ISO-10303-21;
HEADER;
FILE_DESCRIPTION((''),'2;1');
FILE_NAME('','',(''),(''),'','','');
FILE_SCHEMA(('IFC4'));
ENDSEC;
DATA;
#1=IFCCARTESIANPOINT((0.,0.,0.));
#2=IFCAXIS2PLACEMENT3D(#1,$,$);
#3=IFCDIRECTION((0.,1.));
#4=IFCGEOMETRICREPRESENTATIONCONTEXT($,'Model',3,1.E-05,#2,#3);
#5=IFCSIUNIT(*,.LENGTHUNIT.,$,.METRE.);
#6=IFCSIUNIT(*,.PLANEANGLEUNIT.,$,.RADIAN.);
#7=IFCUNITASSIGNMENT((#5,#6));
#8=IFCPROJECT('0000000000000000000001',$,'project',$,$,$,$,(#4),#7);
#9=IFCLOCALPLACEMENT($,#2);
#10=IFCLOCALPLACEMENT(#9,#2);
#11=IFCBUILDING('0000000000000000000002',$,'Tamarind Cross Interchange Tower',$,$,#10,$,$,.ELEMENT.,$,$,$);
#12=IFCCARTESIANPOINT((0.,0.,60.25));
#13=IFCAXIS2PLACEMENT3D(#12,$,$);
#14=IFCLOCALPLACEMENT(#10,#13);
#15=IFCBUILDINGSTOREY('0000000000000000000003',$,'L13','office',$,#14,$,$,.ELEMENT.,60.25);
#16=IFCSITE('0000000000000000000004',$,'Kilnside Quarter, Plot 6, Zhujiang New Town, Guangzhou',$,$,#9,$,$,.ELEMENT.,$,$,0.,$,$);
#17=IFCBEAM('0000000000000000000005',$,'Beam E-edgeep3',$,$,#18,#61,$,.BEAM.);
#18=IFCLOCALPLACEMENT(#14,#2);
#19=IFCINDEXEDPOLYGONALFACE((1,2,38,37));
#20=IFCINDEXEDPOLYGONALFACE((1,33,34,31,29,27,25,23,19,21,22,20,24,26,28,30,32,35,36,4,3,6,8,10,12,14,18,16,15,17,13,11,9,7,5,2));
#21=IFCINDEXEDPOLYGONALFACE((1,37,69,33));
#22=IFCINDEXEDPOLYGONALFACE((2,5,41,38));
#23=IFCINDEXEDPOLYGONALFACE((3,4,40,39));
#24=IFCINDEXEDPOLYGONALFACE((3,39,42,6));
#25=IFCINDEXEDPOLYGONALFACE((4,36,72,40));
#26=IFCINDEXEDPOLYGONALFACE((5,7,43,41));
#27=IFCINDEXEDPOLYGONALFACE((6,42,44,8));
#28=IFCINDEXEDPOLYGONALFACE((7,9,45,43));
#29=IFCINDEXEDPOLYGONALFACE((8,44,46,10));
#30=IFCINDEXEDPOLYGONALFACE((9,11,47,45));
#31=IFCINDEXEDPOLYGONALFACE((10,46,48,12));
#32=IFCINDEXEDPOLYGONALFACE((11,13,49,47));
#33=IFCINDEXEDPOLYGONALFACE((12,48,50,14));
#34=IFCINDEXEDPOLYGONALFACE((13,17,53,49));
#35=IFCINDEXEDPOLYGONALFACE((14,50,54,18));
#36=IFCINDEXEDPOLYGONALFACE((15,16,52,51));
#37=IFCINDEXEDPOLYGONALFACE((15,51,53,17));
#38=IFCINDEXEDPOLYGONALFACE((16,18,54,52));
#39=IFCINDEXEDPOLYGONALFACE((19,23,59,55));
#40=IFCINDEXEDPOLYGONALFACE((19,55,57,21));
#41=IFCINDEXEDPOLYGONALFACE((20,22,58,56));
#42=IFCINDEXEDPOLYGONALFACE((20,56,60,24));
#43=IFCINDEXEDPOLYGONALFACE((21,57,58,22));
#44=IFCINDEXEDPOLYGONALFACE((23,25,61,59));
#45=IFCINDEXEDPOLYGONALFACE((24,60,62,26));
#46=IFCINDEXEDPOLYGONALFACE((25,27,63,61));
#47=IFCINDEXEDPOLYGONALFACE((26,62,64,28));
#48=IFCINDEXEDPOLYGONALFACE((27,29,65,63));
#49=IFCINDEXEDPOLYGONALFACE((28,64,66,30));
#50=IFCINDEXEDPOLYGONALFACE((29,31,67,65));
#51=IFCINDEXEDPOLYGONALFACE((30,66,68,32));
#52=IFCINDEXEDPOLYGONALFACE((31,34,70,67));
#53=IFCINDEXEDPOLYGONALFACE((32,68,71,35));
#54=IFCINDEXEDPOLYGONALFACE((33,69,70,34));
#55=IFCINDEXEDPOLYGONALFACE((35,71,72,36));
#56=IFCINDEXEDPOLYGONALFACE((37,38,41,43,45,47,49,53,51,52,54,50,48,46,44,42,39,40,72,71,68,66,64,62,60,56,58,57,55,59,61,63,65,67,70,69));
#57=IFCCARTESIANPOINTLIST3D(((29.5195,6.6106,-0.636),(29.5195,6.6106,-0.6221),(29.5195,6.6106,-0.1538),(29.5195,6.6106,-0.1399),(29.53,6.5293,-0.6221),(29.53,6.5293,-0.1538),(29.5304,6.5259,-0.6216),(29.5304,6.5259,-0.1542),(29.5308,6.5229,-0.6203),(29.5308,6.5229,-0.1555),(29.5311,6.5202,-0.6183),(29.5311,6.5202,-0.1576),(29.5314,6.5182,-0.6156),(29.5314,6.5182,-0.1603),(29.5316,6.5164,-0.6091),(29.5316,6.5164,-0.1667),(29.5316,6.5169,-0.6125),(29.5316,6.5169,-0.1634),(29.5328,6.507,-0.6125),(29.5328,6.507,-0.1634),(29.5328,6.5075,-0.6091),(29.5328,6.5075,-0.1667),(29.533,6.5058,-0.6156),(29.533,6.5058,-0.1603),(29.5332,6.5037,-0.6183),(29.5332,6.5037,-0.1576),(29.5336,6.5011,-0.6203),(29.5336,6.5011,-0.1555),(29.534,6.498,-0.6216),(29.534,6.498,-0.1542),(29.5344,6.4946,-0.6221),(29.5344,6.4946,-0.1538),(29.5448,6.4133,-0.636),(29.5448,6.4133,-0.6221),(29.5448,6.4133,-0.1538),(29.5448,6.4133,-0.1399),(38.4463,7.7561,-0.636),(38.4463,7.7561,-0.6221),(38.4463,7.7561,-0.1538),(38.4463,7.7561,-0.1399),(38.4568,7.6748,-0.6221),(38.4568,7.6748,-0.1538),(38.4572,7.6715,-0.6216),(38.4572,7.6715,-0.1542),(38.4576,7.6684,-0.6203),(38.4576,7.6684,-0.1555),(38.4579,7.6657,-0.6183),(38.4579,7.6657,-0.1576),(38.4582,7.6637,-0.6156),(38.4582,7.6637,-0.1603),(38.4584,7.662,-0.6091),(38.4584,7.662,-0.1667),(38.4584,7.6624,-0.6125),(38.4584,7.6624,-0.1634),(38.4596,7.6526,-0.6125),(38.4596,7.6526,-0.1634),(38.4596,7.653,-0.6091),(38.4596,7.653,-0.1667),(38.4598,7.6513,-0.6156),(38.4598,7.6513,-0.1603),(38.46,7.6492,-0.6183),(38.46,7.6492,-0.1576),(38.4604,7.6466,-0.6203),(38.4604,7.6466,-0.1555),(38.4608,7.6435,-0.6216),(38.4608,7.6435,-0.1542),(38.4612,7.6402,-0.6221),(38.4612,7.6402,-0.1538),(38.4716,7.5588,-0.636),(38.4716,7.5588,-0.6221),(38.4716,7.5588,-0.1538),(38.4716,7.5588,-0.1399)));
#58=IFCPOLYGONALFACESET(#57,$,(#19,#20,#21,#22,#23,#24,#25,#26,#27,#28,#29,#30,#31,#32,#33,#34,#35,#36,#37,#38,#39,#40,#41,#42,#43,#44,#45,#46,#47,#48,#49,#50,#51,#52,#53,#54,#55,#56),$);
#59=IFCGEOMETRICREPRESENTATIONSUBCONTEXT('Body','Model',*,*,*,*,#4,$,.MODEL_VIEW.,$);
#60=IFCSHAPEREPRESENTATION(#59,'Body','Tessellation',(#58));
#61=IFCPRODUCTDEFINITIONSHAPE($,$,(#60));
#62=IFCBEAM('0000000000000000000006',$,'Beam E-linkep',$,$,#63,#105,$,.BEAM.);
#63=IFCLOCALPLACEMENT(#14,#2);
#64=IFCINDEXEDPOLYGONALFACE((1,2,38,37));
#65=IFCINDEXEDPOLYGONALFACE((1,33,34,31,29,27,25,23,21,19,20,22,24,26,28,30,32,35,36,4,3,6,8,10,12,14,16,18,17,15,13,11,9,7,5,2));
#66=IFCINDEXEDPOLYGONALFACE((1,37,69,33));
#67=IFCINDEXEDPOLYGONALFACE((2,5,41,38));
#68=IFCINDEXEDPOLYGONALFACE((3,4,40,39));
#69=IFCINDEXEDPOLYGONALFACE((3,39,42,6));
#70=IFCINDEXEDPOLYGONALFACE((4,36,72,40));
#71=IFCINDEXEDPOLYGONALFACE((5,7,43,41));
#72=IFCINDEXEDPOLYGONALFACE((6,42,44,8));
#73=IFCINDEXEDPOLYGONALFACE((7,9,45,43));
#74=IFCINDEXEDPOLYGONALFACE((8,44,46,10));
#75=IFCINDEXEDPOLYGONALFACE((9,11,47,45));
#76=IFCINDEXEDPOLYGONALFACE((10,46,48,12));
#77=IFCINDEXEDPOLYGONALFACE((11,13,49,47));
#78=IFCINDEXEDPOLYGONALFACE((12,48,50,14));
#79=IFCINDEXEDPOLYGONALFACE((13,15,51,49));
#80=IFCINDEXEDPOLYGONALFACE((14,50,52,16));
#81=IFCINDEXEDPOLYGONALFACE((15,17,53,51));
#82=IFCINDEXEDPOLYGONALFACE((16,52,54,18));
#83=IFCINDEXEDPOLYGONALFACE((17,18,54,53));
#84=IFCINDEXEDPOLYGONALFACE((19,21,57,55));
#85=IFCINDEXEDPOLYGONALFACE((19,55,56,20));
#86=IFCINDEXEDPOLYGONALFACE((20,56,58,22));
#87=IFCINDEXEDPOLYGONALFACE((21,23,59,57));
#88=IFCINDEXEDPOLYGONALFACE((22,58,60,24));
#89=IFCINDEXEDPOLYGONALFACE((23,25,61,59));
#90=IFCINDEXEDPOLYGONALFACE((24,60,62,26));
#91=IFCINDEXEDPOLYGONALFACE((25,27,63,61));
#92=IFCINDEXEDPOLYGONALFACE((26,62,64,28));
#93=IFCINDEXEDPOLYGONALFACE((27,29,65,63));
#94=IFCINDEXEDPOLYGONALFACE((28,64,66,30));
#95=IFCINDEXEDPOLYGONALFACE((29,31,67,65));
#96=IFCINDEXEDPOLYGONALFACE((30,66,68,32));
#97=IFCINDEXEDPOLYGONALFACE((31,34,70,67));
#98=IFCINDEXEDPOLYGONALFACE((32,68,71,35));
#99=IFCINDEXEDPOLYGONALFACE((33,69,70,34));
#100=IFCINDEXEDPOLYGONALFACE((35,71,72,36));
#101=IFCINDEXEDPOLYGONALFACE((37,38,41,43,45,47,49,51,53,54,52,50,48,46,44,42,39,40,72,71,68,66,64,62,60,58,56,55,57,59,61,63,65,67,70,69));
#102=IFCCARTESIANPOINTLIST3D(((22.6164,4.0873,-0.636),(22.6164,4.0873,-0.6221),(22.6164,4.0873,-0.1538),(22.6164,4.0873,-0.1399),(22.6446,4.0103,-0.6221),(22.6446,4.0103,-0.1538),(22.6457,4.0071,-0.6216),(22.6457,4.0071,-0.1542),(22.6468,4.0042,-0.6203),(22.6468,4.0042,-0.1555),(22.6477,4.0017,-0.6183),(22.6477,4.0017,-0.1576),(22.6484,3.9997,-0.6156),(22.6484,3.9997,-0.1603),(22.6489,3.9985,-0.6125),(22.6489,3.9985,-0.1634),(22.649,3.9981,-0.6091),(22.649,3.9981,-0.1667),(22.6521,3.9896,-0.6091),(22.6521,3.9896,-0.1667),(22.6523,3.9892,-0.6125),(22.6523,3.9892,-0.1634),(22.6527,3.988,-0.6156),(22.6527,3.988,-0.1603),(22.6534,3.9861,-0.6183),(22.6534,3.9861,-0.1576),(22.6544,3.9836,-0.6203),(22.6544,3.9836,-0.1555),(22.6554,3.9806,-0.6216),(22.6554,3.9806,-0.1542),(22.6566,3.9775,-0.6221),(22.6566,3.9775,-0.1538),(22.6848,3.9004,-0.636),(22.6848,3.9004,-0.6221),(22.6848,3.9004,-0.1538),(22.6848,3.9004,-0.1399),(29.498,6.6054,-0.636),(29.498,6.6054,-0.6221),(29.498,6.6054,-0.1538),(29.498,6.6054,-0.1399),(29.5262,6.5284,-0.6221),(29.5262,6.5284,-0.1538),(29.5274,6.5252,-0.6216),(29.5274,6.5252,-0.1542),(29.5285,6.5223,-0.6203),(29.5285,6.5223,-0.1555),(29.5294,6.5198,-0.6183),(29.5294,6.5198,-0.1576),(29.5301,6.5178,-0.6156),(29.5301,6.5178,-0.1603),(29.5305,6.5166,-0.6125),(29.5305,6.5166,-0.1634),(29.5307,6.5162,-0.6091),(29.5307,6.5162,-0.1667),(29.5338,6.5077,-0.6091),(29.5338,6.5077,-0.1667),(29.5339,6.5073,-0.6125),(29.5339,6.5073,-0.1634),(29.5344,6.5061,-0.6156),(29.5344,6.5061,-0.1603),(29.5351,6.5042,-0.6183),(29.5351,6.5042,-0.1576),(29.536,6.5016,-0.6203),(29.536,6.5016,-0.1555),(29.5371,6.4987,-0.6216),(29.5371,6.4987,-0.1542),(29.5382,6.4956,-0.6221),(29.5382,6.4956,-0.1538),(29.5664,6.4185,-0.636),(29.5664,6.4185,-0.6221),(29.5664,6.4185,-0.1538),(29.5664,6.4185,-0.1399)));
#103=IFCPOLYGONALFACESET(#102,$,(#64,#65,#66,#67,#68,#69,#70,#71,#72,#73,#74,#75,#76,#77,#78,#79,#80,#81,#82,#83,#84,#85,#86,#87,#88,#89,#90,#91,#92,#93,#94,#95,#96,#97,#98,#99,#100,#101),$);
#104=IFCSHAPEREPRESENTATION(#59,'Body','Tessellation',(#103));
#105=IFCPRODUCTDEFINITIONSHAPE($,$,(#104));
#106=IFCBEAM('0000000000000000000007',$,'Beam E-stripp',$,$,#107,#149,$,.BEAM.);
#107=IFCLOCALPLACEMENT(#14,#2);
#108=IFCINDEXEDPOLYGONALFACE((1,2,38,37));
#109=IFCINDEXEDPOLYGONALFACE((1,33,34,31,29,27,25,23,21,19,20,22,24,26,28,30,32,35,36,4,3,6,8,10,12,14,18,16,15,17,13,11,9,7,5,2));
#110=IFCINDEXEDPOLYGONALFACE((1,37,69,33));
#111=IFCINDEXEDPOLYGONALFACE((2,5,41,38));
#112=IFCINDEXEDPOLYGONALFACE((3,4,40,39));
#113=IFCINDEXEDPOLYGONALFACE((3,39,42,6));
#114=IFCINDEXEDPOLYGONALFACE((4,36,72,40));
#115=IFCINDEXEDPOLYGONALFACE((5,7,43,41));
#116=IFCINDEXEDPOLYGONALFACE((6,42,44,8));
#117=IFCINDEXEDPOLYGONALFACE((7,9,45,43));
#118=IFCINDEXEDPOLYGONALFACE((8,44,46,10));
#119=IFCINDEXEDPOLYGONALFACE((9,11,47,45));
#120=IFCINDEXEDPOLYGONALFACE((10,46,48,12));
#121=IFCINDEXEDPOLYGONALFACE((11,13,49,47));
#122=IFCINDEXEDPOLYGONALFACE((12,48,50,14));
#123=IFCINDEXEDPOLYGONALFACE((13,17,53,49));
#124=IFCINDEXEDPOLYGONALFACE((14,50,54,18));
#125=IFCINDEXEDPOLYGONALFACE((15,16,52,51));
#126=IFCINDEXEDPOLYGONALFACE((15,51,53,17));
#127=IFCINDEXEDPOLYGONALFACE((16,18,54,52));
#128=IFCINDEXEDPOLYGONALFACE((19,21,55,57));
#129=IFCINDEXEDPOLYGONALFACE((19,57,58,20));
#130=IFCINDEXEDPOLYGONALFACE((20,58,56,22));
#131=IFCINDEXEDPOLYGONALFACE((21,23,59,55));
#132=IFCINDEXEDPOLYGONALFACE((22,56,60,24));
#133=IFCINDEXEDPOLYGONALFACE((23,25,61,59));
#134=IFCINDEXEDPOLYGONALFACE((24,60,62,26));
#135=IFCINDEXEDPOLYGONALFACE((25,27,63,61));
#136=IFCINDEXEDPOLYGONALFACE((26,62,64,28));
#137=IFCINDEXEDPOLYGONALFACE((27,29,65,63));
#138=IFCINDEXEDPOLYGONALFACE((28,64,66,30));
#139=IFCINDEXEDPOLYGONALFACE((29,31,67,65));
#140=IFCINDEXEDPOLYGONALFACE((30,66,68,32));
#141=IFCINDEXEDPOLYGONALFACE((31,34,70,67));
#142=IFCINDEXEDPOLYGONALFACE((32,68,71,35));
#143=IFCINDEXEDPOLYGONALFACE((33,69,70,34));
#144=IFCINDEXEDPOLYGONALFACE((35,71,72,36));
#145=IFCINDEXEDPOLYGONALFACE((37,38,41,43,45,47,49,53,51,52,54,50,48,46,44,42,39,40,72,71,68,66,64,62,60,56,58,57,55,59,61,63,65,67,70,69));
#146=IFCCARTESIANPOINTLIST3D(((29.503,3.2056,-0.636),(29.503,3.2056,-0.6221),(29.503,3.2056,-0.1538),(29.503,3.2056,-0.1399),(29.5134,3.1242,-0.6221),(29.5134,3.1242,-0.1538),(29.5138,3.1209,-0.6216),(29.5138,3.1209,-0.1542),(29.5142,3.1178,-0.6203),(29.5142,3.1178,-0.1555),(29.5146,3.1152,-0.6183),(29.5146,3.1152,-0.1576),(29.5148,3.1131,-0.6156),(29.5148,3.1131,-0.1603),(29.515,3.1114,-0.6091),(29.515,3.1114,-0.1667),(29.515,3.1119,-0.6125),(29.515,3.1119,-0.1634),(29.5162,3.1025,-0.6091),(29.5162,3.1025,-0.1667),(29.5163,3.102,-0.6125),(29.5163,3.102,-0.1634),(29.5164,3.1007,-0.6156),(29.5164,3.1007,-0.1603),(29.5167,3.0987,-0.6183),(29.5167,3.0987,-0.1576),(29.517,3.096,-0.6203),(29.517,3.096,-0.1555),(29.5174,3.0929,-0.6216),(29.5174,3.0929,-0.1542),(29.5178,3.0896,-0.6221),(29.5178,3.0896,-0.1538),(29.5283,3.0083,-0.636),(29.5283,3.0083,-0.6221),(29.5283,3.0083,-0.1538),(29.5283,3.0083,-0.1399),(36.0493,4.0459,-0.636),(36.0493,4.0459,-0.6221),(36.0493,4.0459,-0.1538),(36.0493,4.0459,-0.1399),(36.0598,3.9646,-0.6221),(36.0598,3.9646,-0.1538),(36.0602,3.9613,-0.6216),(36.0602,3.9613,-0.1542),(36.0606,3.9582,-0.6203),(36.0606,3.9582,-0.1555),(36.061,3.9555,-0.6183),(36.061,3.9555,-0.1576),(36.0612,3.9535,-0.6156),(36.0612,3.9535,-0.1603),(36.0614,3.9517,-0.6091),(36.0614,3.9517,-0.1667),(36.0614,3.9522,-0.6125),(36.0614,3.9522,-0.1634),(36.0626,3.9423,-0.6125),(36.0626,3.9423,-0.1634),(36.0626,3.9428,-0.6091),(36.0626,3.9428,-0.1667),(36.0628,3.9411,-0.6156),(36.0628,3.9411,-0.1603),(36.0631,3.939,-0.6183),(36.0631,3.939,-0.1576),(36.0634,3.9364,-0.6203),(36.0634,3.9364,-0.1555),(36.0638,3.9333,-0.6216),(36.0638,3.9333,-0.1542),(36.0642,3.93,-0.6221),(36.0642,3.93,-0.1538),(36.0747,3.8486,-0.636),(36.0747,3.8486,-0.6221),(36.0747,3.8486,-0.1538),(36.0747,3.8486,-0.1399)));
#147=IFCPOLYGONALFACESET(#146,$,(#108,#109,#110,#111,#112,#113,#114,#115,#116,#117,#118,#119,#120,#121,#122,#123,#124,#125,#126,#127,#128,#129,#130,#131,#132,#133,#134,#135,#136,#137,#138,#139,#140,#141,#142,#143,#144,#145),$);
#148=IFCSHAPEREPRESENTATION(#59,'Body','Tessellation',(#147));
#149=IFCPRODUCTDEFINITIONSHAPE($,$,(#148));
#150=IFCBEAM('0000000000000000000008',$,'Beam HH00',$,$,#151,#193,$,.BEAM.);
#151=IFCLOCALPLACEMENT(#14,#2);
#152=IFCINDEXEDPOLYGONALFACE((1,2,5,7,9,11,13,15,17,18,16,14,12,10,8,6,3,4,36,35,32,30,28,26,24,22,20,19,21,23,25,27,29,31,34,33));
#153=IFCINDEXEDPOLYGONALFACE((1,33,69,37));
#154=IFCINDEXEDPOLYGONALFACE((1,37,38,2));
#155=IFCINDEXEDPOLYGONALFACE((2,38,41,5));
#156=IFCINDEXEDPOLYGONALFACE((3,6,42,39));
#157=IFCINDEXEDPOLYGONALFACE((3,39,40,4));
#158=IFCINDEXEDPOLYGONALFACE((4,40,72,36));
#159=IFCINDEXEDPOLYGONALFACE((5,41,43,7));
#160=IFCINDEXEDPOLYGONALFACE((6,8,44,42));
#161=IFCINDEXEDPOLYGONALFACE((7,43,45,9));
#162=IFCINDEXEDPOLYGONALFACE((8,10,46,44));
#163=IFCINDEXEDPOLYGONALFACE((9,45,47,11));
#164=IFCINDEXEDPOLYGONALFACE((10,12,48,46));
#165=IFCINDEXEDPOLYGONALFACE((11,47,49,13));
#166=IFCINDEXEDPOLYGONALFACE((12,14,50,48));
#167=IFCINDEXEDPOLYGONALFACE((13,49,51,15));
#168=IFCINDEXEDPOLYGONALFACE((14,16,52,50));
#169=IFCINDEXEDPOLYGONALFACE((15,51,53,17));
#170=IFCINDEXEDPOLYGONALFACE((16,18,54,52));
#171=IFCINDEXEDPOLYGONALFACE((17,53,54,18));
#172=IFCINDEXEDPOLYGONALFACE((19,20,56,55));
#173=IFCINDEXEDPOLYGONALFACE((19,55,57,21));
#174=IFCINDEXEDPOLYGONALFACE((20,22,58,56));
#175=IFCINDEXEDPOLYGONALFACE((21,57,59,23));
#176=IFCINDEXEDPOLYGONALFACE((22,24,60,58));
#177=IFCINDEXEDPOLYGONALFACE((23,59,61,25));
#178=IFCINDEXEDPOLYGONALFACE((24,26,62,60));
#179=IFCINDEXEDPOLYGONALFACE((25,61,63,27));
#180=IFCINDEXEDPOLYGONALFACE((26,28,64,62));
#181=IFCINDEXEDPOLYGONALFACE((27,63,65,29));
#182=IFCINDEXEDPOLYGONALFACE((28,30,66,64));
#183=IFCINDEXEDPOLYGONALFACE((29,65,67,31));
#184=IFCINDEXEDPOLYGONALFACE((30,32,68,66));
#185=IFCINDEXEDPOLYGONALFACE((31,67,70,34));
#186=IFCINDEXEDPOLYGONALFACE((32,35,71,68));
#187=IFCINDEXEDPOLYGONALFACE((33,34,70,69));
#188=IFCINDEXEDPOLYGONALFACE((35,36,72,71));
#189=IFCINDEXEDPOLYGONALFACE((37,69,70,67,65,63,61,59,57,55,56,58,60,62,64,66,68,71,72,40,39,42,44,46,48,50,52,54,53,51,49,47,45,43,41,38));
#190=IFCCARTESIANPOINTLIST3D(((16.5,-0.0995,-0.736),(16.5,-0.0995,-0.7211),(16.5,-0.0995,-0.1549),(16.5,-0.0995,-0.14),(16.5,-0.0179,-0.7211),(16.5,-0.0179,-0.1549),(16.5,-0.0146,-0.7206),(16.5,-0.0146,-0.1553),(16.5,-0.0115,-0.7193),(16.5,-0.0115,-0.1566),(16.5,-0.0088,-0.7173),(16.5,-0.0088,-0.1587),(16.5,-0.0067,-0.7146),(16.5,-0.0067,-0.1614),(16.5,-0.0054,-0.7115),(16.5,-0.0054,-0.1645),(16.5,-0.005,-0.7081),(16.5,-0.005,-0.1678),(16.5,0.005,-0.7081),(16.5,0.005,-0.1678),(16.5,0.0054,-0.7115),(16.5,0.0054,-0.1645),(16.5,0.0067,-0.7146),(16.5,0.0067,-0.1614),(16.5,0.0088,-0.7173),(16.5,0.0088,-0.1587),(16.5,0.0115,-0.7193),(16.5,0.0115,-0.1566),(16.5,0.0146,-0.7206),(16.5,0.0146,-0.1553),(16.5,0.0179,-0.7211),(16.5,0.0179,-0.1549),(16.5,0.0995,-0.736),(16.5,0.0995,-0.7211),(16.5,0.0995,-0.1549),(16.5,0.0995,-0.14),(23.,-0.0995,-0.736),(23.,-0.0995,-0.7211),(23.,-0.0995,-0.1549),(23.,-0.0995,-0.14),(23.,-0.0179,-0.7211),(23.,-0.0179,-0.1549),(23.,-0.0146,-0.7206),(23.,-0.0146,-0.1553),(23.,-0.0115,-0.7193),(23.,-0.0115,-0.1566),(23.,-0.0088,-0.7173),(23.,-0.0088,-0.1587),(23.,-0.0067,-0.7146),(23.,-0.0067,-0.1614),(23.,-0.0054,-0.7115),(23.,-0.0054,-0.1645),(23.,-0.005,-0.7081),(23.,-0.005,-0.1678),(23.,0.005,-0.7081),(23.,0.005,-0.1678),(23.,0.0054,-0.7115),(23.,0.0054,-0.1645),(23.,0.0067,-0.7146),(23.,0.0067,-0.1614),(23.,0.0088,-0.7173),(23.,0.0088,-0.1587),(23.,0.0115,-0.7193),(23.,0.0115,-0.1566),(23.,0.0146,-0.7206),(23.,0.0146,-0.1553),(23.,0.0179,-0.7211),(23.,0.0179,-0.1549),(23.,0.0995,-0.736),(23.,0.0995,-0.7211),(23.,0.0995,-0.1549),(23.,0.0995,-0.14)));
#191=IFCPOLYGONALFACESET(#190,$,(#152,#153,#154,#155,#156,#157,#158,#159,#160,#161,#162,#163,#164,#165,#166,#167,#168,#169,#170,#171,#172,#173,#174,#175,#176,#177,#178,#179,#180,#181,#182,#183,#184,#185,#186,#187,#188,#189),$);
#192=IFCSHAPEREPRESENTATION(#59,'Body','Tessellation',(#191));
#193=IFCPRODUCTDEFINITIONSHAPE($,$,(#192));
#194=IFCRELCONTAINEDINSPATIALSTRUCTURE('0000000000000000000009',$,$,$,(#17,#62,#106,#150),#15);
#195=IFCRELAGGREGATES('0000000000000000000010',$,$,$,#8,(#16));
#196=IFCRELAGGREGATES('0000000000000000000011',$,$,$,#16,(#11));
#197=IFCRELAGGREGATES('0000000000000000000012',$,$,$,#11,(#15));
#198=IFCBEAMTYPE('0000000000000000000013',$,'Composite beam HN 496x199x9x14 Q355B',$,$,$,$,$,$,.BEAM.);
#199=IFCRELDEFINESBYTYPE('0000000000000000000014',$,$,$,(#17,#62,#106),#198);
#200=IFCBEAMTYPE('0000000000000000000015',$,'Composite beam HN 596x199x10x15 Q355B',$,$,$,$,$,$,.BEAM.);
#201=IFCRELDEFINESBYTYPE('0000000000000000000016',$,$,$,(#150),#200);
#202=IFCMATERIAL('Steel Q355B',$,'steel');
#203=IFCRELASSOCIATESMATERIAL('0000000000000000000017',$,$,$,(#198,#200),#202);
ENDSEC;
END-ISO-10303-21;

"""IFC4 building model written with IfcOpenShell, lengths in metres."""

from ifc_helpers import new_model, si_unit, direction, frame, origin, origin_2d, place, context, subcontext, project, spatial, i_section, extrude, material, material_profile, profile_set, type_object, element, save


model = new_model("IFC4")

# Units and contexts
model_context = context("Model", 3, precision=1e-05, world=origin(), true_north=direction((0.0, 1.0)))
body_context = subcontext(model_context, "Body", "Model", "MODEL_VIEW")
ifc_project = project(units=[si_unit("LENGTHUNIT", "METRE"), si_unit("PLANEANGLEUNIT", "RADIAN")], contexts=[model_context])

# Site, building, storey
site_placement = place(None, origin())
site = spatial("IfcSite", under=ifc_project, at=site_placement, Name="Kilnside Quarter, Plot 6, Zhujiang New Town, Guangzhou", CompositionType="ELEMENT", RefElevation=0.0)
building_placement = place(site_placement, origin())
building = spatial("IfcBuilding", under=site, at=building_placement, Name="Tamarind Cross Interchange Tower", CompositionType="ELEMENT")
storey_placement = place(building_placement, frame((0.0, 0.0, 60.25)))
storey = spatial("IfcBuildingStorey", under=building, at=storey_placement, Name="L13", Description="office", CompositionType="ELEMENT", Elevation=60.25)

# Beams
ifc_material_1 = material(Name="Steel Q355B", Category="steel")
ifc_material_profile_1 = material_profile(ifc_material_1, i_section(OverallWidth=0.199, OverallDepth=0.4961, WebThickness=0.009, FlangeThickness=0.0139, FilletRadius=0.0129, at=origin_2d()), Name="HN 496x199x9x14")
ifc_profile_set_1 = profile_set([ifc_material_profile_1], Name="Steel Q355B")
beam_type_1 = type_object("IfcBeamType", Name="Composite beam HN 496x199x9x14 Q355B", PredefinedType="BEAM", material=ifc_profile_set_1)
beam_1_placement = place(storey_placement, frame((38.459, 7.6575, -0.3879), z_axis=(-0.991867, -0.127279, 0.0), x_axis=(0.127279, -0.991867, 0.0)))
element("IfcBeam", 1, at=beam_1_placement, inside=storey, type_object=beam_type_1, Name="Beam E-edgeep3", PredefinedType="BEAM", context=body_context, shape_type="SweptSolid", body=[
    extrude(i_section(OverallWidth=0.199, OverallDepth=0.4961, WebThickness=0.009, FlangeThickness=0.0139, FilletRadius=0.0129, at=origin_2d()), origin(), (0.0, 0.0, 1.0), 9.0),
])
beam_2_placement = place(storey_placement, frame((29.5322, 6.512, -0.3879), z_axis=(-0.939105, -0.343631, 0.0), x_axis=(0.343631, -0.939105, 0.0)))
element("IfcBeam", 2, at=beam_2_placement, inside=storey, type_object=beam_type_1, Name="Beam E-linkep", PredefinedType="BEAM", context=body_context, shape_type="SweptSolid", body=[
    extrude(i_section(OverallWidth=0.199, OverallDepth=0.4961, WebThickness=0.009, FlangeThickness=0.0139, FilletRadius=0.0129, at=origin_2d()), origin(), (0.0, 0.0, 1.0), 7.3279),
])
beam_3_placement = place(storey_placement, frame((29.5156, 3.1069, -0.3879), z_axis=(0.991862, 0.127321, 0.0), x_axis=(-0.127321, 0.991862, 0.0)))
element("IfcBeam", 3, at=beam_3_placement, inside=storey, type_object=beam_type_1, Name="Beam E-stripp", PredefinedType="BEAM", context=body_context, shape_type="SweptSolid", body=[
    extrude(i_section(OverallWidth=0.199, OverallDepth=0.4961, WebThickness=0.009, FlangeThickness=0.0139, FilletRadius=0.0129, at=origin_2d()), origin(), (0.0, 0.0, 1.0), 6.6001),
])
ifc_material_profile_2 = material_profile(ifc_material_1, i_section(OverallWidth=0.199, OverallDepth=0.5959, WebThickness=0.01, FlangeThickness=0.0149, FilletRadius=0.0129, at=origin_2d()), Name="HN 596x199x10x15")
ifc_profile_set_2 = profile_set([ifc_material_profile_2], Name="Steel Q355B")
beam_type_2 = type_object("IfcBeamType", Name="Composite beam HN 596x199x10x15 Q355B", PredefinedType="BEAM", material=ifc_profile_set_2)
beam_4_placement = place(storey_placement, frame((23.0, 0.0, -0.438), z_axis=(-1.0, 0.0, 0.0), x_axis=(0.0, -1.0, 0.0)))
element("IfcBeam", 4, at=beam_4_placement, inside=storey, type_object=beam_type_2, Name="Beam HH00", PredefinedType="BEAM", context=body_context, shape_type="SweptSolid", body=[
    extrude(i_section(OverallWidth=0.199, OverallDepth=0.5959, WebThickness=0.01, FlangeThickness=0.0149, FilletRadius=0.0129, at=origin_2d()), origin(), (0.0, 0.0, 1.0), 6.5),
])

save(model, "model.ifc")
